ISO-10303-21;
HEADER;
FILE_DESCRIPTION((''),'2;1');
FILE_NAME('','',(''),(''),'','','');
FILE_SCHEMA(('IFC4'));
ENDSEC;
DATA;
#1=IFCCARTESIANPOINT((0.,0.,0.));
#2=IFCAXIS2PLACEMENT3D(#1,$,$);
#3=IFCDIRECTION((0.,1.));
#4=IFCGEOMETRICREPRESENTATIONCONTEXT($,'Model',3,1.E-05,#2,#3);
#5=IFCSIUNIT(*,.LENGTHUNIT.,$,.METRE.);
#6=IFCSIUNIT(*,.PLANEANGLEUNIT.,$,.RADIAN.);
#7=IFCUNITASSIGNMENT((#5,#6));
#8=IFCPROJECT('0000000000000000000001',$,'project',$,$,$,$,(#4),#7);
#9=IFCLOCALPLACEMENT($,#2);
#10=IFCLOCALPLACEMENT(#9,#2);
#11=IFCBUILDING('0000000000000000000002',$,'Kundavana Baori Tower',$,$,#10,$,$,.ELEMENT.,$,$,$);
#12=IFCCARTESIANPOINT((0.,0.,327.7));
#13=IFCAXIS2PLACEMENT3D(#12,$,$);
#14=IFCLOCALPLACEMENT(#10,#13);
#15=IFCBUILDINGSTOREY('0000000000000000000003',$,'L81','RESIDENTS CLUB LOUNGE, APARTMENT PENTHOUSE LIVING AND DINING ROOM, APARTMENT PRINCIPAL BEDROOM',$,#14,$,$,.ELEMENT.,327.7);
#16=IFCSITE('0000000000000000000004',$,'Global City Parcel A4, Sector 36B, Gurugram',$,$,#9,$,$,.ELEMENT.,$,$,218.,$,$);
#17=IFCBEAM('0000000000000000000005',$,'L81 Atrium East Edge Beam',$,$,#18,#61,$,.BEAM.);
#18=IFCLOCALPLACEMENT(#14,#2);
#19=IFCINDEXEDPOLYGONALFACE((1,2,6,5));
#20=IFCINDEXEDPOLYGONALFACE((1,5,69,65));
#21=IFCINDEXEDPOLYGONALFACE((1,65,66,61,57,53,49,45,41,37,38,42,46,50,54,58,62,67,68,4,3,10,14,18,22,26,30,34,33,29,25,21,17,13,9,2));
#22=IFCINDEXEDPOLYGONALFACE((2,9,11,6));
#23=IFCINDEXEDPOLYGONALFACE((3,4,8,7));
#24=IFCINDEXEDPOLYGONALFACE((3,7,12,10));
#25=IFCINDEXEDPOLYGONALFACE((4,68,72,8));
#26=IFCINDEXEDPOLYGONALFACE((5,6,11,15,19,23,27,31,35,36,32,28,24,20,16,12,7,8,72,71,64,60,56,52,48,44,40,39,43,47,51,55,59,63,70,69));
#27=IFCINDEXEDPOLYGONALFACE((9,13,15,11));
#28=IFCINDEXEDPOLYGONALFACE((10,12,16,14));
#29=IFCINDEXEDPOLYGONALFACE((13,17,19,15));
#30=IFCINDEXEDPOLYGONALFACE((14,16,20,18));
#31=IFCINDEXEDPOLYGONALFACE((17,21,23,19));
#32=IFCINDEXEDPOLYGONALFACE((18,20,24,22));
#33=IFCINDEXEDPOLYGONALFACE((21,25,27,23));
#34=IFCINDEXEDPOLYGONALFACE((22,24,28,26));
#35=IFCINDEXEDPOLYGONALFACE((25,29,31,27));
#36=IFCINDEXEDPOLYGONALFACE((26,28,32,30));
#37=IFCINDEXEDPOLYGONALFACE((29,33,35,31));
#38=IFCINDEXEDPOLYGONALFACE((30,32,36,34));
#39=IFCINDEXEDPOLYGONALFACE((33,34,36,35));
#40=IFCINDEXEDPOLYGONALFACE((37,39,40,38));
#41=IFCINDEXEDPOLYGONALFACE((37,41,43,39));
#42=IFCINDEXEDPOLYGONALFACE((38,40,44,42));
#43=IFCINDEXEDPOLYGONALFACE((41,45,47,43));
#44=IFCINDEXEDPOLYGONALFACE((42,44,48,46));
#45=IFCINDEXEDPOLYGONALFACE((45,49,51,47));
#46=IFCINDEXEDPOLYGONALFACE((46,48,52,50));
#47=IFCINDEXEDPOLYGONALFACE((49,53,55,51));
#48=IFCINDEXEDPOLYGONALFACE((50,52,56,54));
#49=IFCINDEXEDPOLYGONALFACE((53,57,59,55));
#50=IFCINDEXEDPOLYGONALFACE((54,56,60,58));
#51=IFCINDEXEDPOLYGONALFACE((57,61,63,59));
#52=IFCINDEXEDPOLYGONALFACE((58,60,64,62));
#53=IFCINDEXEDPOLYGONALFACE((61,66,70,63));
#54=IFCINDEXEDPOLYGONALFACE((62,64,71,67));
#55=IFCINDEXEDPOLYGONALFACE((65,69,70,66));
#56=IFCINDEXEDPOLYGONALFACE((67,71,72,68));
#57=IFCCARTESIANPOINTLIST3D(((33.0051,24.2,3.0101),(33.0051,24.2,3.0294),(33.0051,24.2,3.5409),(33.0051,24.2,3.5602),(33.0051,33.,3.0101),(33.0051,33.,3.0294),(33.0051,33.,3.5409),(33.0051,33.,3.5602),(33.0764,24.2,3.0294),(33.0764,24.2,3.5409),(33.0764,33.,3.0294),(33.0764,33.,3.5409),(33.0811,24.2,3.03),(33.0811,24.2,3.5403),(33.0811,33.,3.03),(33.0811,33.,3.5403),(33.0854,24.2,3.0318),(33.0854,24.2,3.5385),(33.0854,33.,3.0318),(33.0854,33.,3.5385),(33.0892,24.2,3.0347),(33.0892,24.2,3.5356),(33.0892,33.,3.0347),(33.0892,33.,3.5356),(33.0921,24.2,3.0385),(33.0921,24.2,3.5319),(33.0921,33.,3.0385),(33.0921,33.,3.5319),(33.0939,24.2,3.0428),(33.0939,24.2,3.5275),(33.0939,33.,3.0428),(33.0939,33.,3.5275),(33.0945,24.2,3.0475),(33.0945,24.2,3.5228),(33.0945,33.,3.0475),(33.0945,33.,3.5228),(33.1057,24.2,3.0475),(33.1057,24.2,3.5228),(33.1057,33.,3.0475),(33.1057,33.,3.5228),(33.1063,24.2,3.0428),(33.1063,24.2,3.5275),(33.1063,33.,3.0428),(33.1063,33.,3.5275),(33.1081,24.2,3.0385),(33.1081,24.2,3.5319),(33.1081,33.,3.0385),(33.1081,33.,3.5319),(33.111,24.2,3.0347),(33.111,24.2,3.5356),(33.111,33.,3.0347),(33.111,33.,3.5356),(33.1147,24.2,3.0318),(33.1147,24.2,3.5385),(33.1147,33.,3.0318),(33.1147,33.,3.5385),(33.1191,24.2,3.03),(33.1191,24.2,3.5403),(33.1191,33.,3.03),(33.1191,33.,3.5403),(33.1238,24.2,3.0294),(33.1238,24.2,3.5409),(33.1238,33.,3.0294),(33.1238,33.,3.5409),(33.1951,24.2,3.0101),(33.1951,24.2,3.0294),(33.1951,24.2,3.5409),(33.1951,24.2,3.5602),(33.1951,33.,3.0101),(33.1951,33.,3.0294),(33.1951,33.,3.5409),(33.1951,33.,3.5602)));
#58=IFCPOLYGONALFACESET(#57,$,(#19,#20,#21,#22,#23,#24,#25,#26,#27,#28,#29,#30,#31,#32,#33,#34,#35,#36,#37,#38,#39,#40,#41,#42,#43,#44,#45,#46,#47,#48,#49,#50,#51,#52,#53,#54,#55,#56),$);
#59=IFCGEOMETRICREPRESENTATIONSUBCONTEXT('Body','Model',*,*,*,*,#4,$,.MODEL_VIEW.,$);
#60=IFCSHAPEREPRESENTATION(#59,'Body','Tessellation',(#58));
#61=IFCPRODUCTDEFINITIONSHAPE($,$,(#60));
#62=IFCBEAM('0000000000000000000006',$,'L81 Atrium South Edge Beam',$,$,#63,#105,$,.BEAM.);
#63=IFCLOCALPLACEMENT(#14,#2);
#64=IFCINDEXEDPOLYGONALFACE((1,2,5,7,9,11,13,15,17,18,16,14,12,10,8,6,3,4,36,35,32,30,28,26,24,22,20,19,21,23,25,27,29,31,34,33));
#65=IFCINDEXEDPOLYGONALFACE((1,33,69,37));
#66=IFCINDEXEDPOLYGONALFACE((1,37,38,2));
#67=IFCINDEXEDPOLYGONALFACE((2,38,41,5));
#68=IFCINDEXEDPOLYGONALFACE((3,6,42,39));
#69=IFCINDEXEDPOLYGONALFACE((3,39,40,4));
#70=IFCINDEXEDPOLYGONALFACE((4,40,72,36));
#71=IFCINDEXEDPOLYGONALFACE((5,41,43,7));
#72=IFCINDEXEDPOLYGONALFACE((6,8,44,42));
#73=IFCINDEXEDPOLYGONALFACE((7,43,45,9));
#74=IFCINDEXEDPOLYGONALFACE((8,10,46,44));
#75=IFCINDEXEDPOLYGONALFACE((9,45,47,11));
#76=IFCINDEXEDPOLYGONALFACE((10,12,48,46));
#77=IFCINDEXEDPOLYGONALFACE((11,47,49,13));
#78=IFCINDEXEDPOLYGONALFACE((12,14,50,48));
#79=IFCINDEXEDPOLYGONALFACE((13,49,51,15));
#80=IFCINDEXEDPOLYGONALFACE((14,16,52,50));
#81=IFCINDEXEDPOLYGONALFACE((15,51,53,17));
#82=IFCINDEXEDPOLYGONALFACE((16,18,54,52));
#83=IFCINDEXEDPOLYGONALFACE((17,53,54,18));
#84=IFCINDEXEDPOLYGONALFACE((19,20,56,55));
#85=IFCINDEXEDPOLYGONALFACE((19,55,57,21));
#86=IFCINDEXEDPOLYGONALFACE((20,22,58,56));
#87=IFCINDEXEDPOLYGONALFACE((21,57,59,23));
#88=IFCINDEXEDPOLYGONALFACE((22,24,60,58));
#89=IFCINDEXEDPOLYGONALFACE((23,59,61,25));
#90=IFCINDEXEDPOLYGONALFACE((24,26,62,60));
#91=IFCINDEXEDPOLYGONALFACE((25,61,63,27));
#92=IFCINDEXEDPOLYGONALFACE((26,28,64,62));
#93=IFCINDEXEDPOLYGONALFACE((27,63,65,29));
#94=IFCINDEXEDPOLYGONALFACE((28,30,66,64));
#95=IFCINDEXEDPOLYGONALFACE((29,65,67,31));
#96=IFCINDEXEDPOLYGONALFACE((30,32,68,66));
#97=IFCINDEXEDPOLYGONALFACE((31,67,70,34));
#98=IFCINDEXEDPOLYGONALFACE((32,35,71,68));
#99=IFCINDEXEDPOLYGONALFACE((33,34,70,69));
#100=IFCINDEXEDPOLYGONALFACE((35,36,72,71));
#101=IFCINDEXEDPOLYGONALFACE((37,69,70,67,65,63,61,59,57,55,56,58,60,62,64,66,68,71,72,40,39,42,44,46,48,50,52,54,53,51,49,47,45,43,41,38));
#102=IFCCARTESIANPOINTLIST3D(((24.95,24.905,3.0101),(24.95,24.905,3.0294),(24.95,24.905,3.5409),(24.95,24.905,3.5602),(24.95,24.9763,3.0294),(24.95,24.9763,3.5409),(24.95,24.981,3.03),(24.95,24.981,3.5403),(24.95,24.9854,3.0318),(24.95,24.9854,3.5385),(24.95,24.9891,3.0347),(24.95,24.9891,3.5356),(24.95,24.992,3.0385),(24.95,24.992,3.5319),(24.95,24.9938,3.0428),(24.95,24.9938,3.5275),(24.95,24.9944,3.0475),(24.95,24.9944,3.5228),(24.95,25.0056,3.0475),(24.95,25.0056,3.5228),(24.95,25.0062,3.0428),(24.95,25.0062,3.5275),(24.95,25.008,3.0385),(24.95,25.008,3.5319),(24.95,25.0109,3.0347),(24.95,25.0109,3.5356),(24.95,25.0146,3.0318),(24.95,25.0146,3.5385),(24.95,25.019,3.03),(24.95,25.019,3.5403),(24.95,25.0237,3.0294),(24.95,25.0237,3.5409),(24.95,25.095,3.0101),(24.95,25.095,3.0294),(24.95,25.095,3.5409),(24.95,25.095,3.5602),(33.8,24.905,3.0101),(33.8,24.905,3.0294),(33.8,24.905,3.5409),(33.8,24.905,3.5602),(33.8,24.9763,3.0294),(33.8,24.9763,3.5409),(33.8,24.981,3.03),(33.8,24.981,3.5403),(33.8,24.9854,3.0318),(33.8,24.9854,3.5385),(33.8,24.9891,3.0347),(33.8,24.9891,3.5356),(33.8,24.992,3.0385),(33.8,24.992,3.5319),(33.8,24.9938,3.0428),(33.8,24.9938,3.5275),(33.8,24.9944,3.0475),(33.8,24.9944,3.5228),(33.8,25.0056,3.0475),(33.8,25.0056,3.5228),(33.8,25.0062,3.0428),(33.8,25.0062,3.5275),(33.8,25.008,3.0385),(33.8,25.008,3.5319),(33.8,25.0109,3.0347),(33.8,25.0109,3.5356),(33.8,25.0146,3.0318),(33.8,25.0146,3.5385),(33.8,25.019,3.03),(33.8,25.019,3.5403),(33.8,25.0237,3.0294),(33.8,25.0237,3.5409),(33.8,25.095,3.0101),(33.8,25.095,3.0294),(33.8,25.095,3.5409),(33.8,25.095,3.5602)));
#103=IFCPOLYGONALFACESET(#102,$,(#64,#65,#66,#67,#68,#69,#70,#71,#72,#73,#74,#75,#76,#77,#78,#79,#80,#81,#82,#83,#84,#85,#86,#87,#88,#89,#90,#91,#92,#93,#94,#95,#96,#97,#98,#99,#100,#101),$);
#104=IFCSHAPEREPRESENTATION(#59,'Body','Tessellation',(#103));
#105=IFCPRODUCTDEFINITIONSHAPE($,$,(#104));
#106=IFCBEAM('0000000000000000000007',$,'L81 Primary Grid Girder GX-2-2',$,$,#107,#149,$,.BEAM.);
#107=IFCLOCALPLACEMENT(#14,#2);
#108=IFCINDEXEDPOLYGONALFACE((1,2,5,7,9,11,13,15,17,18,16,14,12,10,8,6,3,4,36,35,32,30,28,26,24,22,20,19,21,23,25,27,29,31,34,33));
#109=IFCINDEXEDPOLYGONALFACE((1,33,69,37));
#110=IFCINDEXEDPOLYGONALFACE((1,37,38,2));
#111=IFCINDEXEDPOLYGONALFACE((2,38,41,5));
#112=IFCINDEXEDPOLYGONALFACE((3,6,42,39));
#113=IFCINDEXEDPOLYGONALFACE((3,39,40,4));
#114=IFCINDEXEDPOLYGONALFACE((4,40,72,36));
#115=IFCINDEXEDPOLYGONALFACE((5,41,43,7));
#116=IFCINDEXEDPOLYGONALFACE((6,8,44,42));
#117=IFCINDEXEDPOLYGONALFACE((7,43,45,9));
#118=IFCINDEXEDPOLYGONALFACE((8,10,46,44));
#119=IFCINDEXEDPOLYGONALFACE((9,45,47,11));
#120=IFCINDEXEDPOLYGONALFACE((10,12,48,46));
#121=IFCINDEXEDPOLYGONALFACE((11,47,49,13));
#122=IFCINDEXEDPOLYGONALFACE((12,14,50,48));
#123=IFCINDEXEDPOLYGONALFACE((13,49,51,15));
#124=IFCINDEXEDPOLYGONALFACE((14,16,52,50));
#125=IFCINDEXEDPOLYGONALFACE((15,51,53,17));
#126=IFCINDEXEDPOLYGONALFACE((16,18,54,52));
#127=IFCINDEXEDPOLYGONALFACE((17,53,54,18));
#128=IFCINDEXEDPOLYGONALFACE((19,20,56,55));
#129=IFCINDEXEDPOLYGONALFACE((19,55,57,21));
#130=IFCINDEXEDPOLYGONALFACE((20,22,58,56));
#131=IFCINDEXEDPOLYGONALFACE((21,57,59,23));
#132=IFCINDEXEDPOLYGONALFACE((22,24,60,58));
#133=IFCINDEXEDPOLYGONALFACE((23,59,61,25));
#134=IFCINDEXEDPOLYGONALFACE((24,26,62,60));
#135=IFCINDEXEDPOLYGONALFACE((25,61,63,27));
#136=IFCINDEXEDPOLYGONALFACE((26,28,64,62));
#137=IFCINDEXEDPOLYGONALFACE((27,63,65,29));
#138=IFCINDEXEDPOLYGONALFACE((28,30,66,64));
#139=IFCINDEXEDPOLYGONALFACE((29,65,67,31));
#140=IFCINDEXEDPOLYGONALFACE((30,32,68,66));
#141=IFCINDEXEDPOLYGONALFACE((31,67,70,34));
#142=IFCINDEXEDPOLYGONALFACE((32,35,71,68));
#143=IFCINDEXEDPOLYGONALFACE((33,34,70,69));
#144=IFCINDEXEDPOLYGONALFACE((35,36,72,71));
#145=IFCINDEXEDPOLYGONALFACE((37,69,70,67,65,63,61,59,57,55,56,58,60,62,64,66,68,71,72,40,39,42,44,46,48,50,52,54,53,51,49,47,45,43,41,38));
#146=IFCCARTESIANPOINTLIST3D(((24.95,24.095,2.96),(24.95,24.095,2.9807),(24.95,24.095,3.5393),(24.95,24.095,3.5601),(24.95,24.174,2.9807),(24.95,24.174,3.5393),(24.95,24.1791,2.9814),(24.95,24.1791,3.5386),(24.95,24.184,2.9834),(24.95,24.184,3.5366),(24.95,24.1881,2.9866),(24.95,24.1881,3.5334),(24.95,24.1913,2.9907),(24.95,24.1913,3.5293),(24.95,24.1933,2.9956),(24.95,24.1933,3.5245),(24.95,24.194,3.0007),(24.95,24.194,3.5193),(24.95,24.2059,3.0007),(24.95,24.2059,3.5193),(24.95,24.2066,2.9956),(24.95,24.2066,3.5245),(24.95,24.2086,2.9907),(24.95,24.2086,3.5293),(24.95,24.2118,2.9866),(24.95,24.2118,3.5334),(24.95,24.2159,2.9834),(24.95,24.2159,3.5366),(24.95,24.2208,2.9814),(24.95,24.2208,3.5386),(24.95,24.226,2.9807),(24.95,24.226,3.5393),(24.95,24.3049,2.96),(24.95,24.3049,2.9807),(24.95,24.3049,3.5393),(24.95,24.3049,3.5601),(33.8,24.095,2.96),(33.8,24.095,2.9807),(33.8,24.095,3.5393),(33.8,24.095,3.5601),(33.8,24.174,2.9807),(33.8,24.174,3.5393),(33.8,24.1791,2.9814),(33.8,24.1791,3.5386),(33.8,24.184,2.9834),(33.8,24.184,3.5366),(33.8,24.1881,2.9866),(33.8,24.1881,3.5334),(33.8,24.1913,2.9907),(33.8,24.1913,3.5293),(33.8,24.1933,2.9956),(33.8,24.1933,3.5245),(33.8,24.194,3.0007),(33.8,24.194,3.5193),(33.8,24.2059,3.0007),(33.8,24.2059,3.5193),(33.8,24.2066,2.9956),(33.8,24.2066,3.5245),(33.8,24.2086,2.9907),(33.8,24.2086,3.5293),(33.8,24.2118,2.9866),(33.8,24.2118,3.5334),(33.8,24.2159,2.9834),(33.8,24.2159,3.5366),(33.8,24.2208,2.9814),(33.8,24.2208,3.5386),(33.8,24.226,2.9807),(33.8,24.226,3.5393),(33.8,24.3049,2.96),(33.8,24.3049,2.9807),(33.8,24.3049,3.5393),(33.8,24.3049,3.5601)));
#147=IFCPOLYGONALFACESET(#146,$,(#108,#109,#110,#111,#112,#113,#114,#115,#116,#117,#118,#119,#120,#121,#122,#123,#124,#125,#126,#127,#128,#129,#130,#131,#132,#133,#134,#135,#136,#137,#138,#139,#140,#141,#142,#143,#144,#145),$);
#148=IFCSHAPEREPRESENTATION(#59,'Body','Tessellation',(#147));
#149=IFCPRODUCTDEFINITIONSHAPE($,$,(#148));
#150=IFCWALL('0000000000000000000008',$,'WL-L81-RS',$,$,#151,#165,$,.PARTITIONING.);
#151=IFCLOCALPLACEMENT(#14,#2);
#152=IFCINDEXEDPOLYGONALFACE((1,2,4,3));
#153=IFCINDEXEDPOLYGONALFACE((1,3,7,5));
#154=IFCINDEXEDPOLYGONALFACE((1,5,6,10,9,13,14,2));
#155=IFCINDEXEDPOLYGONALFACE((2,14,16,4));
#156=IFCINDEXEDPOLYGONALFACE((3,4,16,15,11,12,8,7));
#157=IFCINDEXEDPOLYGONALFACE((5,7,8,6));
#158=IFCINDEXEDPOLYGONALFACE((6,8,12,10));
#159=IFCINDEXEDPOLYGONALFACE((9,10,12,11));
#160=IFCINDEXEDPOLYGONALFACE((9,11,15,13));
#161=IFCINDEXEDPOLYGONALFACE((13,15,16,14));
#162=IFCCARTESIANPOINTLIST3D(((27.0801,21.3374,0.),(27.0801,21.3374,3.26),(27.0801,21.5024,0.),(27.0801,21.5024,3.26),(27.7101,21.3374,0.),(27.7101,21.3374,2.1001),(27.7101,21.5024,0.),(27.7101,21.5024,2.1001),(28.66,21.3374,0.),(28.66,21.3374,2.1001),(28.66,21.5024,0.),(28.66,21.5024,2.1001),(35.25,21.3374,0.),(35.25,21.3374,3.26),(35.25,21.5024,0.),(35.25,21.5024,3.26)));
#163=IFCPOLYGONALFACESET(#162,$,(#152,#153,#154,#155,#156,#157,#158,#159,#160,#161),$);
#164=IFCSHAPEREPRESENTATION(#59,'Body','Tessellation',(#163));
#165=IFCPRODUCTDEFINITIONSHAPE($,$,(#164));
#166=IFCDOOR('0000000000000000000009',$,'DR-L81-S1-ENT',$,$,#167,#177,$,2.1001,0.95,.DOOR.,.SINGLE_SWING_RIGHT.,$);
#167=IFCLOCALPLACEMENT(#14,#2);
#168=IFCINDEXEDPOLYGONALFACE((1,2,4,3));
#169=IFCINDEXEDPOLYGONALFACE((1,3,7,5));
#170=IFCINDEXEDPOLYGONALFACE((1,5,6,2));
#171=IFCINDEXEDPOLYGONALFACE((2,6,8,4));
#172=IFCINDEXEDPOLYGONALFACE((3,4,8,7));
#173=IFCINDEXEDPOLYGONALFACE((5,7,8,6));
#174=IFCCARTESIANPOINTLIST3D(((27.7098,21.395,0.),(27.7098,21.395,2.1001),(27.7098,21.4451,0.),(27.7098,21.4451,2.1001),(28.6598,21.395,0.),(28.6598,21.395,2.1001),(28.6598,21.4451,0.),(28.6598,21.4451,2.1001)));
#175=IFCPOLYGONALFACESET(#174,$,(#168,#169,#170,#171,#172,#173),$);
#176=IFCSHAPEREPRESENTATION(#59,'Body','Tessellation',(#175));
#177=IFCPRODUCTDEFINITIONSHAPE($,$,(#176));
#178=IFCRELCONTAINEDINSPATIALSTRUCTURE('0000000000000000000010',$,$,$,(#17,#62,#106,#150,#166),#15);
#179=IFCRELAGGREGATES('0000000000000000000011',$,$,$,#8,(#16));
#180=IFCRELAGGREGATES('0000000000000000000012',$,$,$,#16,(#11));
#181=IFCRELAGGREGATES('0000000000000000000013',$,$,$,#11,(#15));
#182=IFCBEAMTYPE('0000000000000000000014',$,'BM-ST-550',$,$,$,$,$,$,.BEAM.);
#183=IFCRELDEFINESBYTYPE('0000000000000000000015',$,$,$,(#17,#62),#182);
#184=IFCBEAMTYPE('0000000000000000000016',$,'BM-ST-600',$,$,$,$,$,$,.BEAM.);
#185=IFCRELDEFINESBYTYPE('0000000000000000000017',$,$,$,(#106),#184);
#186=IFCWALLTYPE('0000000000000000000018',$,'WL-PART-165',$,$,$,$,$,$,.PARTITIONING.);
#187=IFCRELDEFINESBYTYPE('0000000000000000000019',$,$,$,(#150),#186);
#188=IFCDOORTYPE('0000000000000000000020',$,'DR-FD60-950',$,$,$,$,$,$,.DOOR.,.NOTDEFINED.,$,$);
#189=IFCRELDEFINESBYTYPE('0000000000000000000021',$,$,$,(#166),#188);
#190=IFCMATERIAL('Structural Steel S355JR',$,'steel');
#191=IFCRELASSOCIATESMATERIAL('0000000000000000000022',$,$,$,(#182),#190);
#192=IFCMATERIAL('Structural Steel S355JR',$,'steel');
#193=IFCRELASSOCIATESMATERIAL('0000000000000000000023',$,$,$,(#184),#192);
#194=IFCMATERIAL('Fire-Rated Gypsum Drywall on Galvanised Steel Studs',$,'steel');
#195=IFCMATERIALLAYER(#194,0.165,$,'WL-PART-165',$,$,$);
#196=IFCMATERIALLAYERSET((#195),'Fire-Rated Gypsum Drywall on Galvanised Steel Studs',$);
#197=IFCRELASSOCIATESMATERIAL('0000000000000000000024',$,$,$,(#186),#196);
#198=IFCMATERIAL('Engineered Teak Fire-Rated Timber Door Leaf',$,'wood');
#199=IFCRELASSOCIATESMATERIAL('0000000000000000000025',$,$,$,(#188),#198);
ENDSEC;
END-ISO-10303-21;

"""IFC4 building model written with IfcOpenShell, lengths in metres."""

from ifc_helpers import new_model, si_unit, direction, frame, frame_2d, origin, origin_2d, place, context, subcontext, project, spatial, rectangle, i_section, extrude, material, layer, layer_set, material_profile, profile_set, type_object, element, fill, save


model = new_model("IFC4")

# Units and contexts
model_context = context("Model", 3, precision=1e-05, world=origin(), true_north=direction((0.0, 1.0)))
body_context = subcontext(model_context, "Body", "Model", "MODEL_VIEW")
ifc_project = project(units=[si_unit("LENGTHUNIT", "METRE"), si_unit("PLANEANGLEUNIT", "RADIAN")], contexts=[model_context])

# Site, building, storey
site_placement = place(None, origin())
site = spatial("IfcSite", under=ifc_project, at=site_placement, Name="Global City Parcel A4, Sector 36B, Gurugram", CompositionType="ELEMENT", RefElevation=218.0)
building_placement = place(site_placement, origin())
building = spatial("IfcBuilding", under=site, at=building_placement, Name="Kundavana Baori Tower", CompositionType="ELEMENT")
storey_placement = place(building_placement, frame((0.0, 0.0, 327.7)))
storey = spatial("IfcBuildingStorey", under=building, at=storey_placement, Name="L81", Description="RESIDENTS CLUB LOUNGE, APARTMENT PENTHOUSE LIVING AND DINING ROOM, APARTMENT PRINCIPAL BEDROOM", CompositionType="ELEMENT", Elevation=327.7)

# Beams
ifc_material_1 = material(Name="Structural Steel S355JR", Category="steel")
ifc_material_profile_1 = material_profile(ifc_material_1, i_section(OverallWidth=0.1899, OverallDepth=0.55, WebThickness=0.0112, FlangeThickness=0.0193, FilletRadius=0.0181, at=origin_2d()), Name="ISMB 550")
ifc_profile_set_1 = profile_set([ifc_material_profile_1], Name="Structural Steel S355JR")
beam_type_1 = type_object("IfcBeamType", Name="BM-ST-550", PredefinedType="BEAM", material=ifc_profile_set_1)
for number, where, z_axis, x_axis, name in (
    (1, (33.1001, 24.2, 3.2852), (0.0, 1.0, 0.0), (-1.0, 0.0, 0.0), "L81 Atrium East Edge Beam"),
):
    element("IfcBeam", number, at=place(storey_placement, frame(where, z_axis=z_axis, x_axis=x_axis)), inside=storey, type_object=beam_type_1, Name=name, PredefinedType="BEAM", context=body_context, shape_type="SweptSolid", body=[
        extrude(i_section(OverallWidth=0.1899, OverallDepth=0.55, WebThickness=0.0112, FlangeThickness=0.0193, FilletRadius=0.0181, at=origin_2d()), origin(), (0.0, 0.0, 1.0), 8.8),
    ])
beam_1_placement = place(storey_placement, frame((24.95, 25.0, 3.2852), z_axis=(1.0, 0.0, 0.0), x_axis=(0.0, 1.0, 0.0)))
element("IfcBeam", 2, at=beam_1_placement, inside=storey, type_object=beam_type_1, Name="L81 Atrium South Edge Beam", PredefinedType="BEAM", context=body_context, shape_type="SweptSolid", body=[
    extrude(i_section(OverallWidth=0.1899, OverallDepth=0.55, WebThickness=0.0112, FlangeThickness=0.0193, FilletRadius=0.0181, at=origin_2d()), origin(), (0.0, 0.0, 1.0), 8.8501),
])
ifc_material_2 = material(Name="Structural Steel S355JR", Category="steel")
ifc_material_profile_2 = material_profile(ifc_material_2, i_section(OverallWidth=0.21, OverallDepth=0.6001, WebThickness=0.012, FlangeThickness=0.0208, FilletRadius=0.02, at=origin_2d()), Name="ISMB 600")
ifc_profile_set_2 = profile_set([ifc_material_profile_2], Name="Structural Steel S355JR")
beam_type_2 = type_object("IfcBeamType", Name="BM-ST-600", PredefinedType="BEAM", material=ifc_profile_set_2)
beam_2_placement = place(storey_placement, frame((24.95, 24.2, 3.26), z_axis=(1.0, 0.0, 0.0), x_axis=(0.0, 1.0, 0.0)))
element("IfcBeam", 3, at=beam_2_placement, inside=storey, type_object=beam_type_2, Name="L81 Primary Grid Girder GX-2-2", PredefinedType="BEAM", context=body_context, shape_type="SweptSolid", body=[
    extrude(i_section(OverallWidth=0.21, OverallDepth=0.6001, WebThickness=0.012, FlangeThickness=0.0208, FilletRadius=0.02, at=origin_2d()), origin(), (0.0, 0.0, 1.0), 8.8501),
])

# Wall, opening, door
ifc_material_3 = material(Name="Fire-Rated Gypsum Drywall on Galvanised Steel Studs", Category="steel")
ifc_layer_1 = layer(ifc_material_3, 0.165, Name="WL-PART-165")
ifc_layer_set_1 = layer_set([ifc_layer_1], Name="Fire-Rated Gypsum Drywall on Galvanised Steel Studs")
wall_type_1 = type_object("IfcWallType", Name="WL-PART-165", PredefinedType="PARTITIONING", material=ifc_layer_set_1)
wall_1_placement = place(storey_placement, frame((27.0801, 21.4199, 0.0), z_axis=(0.0, 0.0, 1.0), x_axis=(1.0, 0.0, 0.0)))
wall_1 = element("IfcWall", 4, at=wall_1_placement, inside=storey, type_object=wall_type_1, Name="WL-L81-RS", PredefinedType="PARTITIONING", context=body_context, shape_type="SweptSolid", body=[
    extrude(rectangle(XDim=8.1699, YDim=0.165, at=frame_2d((4.085, 0.0))), origin(), (0.0, 0.0, 1.0), 3.26),
])
opening_1_placement = place(wall_1_placement, frame((0.6299, 0.0, 0.0)))
opening_1 = element("IfcOpeningElement", 5, at=opening_1_placement, cuts=wall_1, PredefinedType="OPENING", context=body_context, shape_type="SweptSolid", body=[
    extrude(rectangle(XDim=0.95, YDim=2.1001, at=frame_2d((0.4751, 1.05))), frame((0.0, 0.0925, 0.0), z_axis=(0.0, -1.0, 0.0), x_axis=(1.0, 0.0, 0.0)), (0.0, 0.0, 1.0), 0.1851),
])
ifc_material_4 = material(Name="Engineered Teak Fire-Rated Timber Door Leaf", Category="wood")
door_type_1 = type_object("IfcDoorType", Name="DR-FD60-950", OperationType="NOTDEFINED", PredefinedType="DOOR", material=ifc_material_4)
door_1_placement = place(opening_1_placement, frame((0.95, 0.0, 0.0), z_axis=(0.0, 0.0, 1.0), x_axis=(-1.0, 0.0, 0.0)))
door_1 = element("IfcDoor", 6, at=door_1_placement, inside=storey, type_object=door_type_1, Name="DR-L81-S1-ENT", OperationType="SINGLE_SWING_RIGHT", OverallHeight=2.1001, OverallWidth=0.95, PredefinedType="DOOR", context=body_context, shape_type="SweptSolid", body=[
    extrude(rectangle(XDim=0.95, YDim=2.1001, at=frame_2d((0.4751, 1.05))), frame((0.0, 0.0249, 0.0), z_axis=(0.0, -1.0, 0.0), x_axis=(1.0, 0.0, 0.0)), (0.0, 0.0, 1.0), 0.05),
])
fill(opening_1, door_1)

save(model, "model.ifc")
